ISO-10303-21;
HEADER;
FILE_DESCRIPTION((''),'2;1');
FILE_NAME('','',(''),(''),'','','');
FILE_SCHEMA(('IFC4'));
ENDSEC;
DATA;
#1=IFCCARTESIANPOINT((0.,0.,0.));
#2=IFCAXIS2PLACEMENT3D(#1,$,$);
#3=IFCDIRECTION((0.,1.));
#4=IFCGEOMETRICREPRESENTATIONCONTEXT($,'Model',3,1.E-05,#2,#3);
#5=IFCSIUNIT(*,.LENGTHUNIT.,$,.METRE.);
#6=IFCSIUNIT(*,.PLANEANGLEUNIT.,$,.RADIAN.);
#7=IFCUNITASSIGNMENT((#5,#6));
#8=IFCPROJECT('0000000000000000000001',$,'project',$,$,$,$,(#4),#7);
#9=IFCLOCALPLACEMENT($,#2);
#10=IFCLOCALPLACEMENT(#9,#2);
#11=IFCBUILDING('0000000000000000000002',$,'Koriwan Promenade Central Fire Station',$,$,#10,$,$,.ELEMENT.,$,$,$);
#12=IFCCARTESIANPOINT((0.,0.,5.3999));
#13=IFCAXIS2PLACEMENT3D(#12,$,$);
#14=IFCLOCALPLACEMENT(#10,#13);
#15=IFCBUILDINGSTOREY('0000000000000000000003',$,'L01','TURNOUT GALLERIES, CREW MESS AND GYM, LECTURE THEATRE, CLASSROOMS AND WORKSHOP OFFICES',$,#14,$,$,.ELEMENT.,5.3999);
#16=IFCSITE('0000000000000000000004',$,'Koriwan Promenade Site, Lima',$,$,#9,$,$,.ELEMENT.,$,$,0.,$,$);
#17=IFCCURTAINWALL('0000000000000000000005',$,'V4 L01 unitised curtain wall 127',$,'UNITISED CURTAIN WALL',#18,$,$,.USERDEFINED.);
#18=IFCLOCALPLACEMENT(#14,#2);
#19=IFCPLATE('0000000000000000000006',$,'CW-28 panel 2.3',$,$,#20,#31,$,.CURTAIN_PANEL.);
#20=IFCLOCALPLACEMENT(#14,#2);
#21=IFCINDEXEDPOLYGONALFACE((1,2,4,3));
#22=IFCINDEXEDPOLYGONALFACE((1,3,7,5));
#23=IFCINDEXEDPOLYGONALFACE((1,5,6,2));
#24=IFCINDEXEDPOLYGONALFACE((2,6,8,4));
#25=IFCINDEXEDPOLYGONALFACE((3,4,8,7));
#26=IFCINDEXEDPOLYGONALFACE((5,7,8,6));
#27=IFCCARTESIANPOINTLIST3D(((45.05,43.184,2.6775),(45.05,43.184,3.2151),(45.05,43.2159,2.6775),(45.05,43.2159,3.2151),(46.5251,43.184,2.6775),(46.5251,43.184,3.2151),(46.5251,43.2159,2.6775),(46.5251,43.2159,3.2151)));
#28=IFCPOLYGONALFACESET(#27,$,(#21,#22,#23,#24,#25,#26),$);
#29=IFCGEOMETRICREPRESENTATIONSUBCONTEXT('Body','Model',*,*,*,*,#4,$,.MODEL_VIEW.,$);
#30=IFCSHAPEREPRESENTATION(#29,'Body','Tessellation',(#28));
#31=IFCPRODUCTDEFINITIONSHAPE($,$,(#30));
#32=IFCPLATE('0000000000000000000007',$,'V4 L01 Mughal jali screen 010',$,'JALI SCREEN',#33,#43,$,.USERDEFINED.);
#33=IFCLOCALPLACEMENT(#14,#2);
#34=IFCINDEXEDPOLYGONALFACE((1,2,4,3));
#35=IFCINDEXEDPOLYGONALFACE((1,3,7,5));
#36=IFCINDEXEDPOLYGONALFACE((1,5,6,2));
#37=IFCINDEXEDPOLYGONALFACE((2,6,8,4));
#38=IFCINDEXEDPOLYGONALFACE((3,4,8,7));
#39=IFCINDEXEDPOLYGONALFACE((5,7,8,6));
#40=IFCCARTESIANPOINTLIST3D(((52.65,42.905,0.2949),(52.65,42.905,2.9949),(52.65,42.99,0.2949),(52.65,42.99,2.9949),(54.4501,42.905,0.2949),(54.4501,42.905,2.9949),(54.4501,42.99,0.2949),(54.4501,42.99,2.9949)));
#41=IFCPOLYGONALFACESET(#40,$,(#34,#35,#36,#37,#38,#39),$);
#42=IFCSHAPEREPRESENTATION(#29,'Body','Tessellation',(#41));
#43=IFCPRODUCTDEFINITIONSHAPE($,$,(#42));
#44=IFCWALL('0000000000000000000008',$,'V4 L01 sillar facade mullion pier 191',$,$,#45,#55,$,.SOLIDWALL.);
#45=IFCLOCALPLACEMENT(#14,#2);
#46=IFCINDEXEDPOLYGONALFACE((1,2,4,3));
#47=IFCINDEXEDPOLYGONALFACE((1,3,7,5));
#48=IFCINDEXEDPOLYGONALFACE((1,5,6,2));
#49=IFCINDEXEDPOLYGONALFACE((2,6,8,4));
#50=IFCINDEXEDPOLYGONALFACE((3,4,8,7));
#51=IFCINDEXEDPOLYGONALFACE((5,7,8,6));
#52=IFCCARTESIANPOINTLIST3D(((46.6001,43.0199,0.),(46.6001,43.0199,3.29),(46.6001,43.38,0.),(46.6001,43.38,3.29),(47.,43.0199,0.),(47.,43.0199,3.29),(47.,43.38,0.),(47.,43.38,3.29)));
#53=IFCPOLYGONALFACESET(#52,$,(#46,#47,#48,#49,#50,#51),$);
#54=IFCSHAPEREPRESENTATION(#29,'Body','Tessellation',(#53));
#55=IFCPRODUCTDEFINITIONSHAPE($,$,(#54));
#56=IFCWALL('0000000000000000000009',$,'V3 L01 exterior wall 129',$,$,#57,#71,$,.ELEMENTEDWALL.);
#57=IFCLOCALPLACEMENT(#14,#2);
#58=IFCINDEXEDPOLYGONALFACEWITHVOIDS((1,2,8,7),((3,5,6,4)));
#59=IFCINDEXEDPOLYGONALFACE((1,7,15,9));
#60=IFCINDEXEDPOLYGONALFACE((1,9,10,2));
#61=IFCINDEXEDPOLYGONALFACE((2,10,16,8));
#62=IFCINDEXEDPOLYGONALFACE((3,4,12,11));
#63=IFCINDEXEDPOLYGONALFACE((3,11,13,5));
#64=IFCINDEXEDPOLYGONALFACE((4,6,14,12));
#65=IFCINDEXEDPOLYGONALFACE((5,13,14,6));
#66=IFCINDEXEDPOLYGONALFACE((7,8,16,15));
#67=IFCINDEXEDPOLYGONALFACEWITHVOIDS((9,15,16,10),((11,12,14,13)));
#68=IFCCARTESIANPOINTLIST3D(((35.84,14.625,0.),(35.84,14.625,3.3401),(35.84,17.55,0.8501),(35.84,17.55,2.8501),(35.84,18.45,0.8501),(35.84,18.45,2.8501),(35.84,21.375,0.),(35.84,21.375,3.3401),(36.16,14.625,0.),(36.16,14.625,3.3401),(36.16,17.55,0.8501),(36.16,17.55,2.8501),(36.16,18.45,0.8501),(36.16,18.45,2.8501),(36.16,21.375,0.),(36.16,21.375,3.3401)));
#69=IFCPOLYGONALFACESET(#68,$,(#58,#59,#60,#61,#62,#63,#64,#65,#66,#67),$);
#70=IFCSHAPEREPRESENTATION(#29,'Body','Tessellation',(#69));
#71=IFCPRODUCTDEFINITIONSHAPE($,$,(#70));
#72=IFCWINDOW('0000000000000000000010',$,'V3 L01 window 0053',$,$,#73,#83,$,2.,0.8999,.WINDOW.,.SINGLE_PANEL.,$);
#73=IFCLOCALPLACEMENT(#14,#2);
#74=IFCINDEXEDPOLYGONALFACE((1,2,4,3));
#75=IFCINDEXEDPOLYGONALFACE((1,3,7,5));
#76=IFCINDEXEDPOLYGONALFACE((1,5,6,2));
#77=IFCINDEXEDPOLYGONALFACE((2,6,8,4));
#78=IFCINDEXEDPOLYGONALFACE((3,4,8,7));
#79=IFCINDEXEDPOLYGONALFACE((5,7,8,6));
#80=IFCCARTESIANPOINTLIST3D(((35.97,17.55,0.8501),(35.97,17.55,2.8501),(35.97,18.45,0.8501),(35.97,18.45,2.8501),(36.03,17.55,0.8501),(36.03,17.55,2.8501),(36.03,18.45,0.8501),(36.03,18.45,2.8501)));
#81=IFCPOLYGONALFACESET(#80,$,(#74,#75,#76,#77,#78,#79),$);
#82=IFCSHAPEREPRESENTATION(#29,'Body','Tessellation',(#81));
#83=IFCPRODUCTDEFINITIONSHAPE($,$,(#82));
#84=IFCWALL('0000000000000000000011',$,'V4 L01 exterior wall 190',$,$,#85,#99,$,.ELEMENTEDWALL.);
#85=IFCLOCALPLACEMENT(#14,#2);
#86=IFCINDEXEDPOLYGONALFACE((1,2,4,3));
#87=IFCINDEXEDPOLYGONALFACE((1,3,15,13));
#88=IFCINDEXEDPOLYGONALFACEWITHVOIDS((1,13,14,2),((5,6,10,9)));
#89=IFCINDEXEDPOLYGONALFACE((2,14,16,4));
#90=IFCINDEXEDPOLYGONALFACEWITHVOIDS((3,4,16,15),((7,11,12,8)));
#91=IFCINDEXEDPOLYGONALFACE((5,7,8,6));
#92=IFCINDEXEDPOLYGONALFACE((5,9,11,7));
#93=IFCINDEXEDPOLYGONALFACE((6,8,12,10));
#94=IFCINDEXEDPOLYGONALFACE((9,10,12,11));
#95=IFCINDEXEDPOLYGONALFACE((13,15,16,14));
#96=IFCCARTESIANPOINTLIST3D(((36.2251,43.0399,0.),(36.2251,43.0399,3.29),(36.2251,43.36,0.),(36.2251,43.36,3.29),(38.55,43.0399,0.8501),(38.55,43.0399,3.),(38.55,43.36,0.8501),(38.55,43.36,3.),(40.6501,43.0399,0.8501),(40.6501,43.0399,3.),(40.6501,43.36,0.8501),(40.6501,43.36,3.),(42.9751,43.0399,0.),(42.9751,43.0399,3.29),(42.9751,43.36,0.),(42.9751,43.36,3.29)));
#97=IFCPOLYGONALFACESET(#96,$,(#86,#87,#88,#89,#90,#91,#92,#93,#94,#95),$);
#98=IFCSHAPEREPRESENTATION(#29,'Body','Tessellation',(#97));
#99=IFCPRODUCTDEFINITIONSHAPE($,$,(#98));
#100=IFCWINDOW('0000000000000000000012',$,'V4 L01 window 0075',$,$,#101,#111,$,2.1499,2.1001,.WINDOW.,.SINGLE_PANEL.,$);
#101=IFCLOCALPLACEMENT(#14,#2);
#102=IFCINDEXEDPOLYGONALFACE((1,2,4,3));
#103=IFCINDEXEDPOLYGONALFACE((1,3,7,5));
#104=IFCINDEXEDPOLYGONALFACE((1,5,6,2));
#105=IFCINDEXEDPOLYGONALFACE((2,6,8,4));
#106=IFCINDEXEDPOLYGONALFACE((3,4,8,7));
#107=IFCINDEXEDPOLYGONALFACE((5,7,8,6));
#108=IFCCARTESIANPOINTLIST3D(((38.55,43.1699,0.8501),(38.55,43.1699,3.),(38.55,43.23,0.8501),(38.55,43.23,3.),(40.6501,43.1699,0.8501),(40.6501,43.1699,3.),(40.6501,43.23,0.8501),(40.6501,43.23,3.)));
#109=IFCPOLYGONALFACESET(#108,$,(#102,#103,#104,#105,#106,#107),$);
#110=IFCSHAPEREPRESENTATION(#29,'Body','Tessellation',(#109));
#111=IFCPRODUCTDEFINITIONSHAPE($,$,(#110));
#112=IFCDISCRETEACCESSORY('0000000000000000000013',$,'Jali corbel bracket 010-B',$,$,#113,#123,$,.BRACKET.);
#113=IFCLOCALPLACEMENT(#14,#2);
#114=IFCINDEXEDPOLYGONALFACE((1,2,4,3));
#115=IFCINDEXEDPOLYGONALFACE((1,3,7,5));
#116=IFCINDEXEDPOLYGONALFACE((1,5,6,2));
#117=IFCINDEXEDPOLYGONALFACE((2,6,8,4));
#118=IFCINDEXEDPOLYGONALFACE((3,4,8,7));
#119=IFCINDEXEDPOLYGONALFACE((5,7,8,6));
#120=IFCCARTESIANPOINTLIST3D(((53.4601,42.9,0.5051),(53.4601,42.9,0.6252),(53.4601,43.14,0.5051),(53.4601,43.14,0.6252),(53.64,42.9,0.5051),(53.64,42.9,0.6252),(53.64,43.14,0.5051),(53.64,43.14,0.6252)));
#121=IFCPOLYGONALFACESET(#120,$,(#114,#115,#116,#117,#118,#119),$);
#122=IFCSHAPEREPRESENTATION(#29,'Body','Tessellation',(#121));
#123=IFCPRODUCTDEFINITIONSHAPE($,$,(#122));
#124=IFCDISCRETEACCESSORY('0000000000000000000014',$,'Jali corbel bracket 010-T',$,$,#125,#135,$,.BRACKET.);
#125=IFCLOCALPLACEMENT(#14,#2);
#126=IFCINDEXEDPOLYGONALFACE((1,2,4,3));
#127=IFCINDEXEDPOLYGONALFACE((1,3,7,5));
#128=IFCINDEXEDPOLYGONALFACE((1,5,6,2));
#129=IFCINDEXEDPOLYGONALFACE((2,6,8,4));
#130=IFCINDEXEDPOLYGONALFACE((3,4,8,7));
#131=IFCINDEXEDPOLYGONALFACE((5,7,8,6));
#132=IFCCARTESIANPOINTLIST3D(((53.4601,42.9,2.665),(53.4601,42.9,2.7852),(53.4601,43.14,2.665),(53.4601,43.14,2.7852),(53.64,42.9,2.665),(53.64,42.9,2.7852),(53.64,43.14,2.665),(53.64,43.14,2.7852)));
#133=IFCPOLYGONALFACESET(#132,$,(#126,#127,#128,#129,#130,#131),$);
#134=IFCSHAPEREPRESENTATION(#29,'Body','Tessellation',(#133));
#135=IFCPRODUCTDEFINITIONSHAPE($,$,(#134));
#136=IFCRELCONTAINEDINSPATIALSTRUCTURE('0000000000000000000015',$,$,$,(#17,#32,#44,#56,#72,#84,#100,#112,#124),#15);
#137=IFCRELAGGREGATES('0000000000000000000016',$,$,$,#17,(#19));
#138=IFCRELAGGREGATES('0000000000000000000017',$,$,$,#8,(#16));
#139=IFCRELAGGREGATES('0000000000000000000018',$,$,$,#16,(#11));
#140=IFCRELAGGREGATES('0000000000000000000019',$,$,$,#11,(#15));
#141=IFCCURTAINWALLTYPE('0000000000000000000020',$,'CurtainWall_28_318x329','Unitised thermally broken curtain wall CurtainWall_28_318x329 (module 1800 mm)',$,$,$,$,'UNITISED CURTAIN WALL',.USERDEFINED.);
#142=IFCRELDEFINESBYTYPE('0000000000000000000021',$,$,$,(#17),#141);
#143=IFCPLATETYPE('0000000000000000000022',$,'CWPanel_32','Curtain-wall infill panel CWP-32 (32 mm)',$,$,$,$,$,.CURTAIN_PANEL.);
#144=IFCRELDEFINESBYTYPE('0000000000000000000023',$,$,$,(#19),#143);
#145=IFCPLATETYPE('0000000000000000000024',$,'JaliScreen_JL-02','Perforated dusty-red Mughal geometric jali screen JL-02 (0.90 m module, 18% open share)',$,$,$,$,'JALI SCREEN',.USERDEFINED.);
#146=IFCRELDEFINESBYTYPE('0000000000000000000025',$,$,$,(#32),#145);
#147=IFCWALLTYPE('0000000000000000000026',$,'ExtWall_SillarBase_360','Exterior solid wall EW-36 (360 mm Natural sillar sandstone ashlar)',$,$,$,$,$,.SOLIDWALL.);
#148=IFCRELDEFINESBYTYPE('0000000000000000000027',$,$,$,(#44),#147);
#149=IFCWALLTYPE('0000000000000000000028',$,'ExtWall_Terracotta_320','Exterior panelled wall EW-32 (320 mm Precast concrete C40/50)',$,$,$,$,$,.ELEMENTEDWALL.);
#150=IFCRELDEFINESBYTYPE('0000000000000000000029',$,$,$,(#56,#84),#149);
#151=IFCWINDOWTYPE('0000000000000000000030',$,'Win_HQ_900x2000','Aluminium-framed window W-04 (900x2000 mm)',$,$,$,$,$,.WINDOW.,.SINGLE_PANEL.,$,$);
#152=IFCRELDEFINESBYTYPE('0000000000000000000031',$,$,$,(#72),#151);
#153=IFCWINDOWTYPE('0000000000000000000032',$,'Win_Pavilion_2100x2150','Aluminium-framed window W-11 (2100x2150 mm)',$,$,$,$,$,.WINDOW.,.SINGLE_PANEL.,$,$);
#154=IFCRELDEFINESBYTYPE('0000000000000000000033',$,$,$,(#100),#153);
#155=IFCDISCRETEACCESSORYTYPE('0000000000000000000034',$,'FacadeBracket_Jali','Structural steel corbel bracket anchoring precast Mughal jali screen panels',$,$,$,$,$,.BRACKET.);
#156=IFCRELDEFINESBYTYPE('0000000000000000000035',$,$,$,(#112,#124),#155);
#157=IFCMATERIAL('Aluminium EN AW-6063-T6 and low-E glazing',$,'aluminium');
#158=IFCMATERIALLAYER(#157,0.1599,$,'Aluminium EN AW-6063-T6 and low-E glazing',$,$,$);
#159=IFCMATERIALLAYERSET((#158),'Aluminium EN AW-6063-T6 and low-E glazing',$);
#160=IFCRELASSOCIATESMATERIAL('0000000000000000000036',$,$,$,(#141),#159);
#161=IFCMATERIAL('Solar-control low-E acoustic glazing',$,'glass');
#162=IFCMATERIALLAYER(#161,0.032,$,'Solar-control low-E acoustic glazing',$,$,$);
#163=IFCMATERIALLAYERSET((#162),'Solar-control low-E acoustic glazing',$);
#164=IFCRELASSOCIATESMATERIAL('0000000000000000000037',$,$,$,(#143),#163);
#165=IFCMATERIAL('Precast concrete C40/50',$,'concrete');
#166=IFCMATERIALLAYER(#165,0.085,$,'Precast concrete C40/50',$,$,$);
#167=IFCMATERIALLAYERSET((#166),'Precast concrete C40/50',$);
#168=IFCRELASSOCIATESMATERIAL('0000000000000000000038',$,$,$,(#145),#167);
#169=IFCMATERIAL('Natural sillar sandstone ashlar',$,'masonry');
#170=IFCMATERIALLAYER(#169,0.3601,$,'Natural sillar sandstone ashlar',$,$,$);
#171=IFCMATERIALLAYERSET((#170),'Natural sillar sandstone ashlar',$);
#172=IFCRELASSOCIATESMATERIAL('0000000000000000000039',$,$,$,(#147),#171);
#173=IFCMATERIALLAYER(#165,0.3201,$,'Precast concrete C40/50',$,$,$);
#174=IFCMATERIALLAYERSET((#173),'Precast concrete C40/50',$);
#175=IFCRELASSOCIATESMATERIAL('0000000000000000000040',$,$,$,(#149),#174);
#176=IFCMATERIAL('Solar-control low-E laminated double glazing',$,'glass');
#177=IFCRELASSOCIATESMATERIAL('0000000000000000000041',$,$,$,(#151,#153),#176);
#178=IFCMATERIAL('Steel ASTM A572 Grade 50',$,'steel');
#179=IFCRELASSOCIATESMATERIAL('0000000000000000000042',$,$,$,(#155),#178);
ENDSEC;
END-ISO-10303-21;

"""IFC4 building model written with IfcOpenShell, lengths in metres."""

from ifc_helpers import new_model, si_unit, direction, frame, frame_2d, origin, origin_2d, place, context, subcontext, project, spatial, rectangle, extrude, material, layer, layer_set, type_object, element, fill, aggregate, save


model = new_model("IFC4")

# Units and contexts
model_context = context("Model", 3, precision=1e-05, world=origin(), true_north=direction((0.0, 1.0)))
body_context = subcontext(model_context, "Body", "Model", "MODEL_VIEW")
ifc_project = project(units=[si_unit("LENGTHUNIT", "METRE"), si_unit("PLANEANGLEUNIT", "RADIAN")], contexts=[model_context])

# Site, building, storey
site_placement = place(None, origin())
site = spatial("IfcSite", under=ifc_project, at=site_placement, Name="Koriwan Promenade Site, Lima", CompositionType="ELEMENT", RefElevation=0.0)
building_placement = place(site_placement, origin())
building = spatial("IfcBuilding", under=site, at=building_placement, Name="Koriwan Promenade Central Fire Station", CompositionType="ELEMENT")
storey_placement = place(building_placement, frame((0.0, 0.0, 5.3999)))
storey = spatial("IfcBuildingStorey", under=building, at=storey_placement, Name="L01", Description="TURNOUT GALLERIES, CREW MESS AND GYM, LECTURE THEATRE, CLASSROOMS AND WORKSHOP OFFICES", CompositionType="ELEMENT", Elevation=5.3999)

# Curtain wall
ifc_material_1 = material(Name="Aluminium EN AW-6063-T6 and low-E glazing", Category="aluminium")
ifc_layer_1 = layer(ifc_material_1, 0.1599, Name="Aluminium EN AW-6063-T6 and low-E glazing")
ifc_layer_set_1 = layer_set([ifc_layer_1], Name="Aluminium EN AW-6063-T6 and low-E glazing")
curtain_wall_type_1 = type_object("IfcCurtainWallType", Name="CurtainWall_28_318x329", Description="Unitised thermally broken curtain wall CurtainWall_28_318x329 (module 1800 mm)", ElementType="UNITISED CURTAIN WALL", PredefinedType="USERDEFINED", material=ifc_layer_set_1)
curtain_wall_1_placement = place(storey_placement, origin())
curtain_wall_1 = element("IfcCurtainWall", 1, at=curtain_wall_1_placement, inside=storey, type_object=curtain_wall_type_1, Name="V4 L01 unitised curtain wall 127", ObjectType="UNITISED CURTAIN WALL", PredefinedType="USERDEFINED")

# Plates
ifc_material_2 = material(Name="Solar-control low-E acoustic glazing", Category="glass")
ifc_layer_2 = layer(ifc_material_2, 0.032, Name="Solar-control low-E acoustic glazing")
ifc_layer_set_2 = layer_set([ifc_layer_2], Name="Solar-control low-E acoustic glazing")
plate_type_1 = type_object("IfcPlateType", Name="CWPanel_32", Description="Curtain-wall infill panel CWP-32 (32 mm)", PredefinedType="CURTAIN_PANEL", material=ifc_layer_set_2)
plate_1_placement = place(storey_placement, frame((45.7876, 43.2, 2.6775), z_axis=(0.0, 0.0, 1.0), x_axis=(1.0, 0.0, 0.0)))
plate_1 = element("IfcPlate", 2, at=plate_1_placement, type_object=plate_type_1, Name="CW-28 panel 2.3", PredefinedType="CURTAIN_PANEL", context=body_context, shape_type="SweptSolid", body=[
    extrude(rectangle(XDim=1.4751, YDim=0.032, at=origin_2d()), origin(), (0.0, 0.0, 1.0), 0.5376),
])
aggregate(curtain_wall_1, [plate_1])
ifc_material_3 = material(Name="Precast concrete C40/50", Category="concrete")
ifc_layer_3 = layer(ifc_material_3, 0.085, Name="Precast concrete C40/50")
ifc_layer_set_3 = layer_set([ifc_layer_3], Name="Precast concrete C40/50")
plate_type_2 = type_object("IfcPlateType", Name="JaliScreen_JL-02", Description="Perforated dusty-red Mughal geometric jali screen JL-02 (0.90 m module, 18% open share)", ElementType="JALI SCREEN", PredefinedType="USERDEFINED", material=ifc_layer_set_3)
plate_2_placement = place(storey_placement, frame((53.55, 42.9475, 0.2949), z_axis=(0.0, 0.0, 1.0), x_axis=(1.0, 0.0, 0.0)))
element("IfcPlate", 3, at=plate_2_placement, inside=storey, type_object=plate_type_2, Name="V4 L01 Mughal jali screen 010", ObjectType="JALI SCREEN", PredefinedType="USERDEFINED", context=body_context, shape_type="SweptSolid", body=[
    extrude(rectangle(XDim=1.8, YDim=0.085, at=origin_2d()), origin(), (0.0, 0.0, 1.0), 2.7),
])

# Wall
ifc_material_4 = material(Name="Natural sillar sandstone ashlar", Category="masonry")
ifc_layer_4 = layer(ifc_material_4, 0.3601, Name="Natural sillar sandstone ashlar")
ifc_layer_set_4 = layer_set([ifc_layer_4], Name="Natural sillar sandstone ashlar")
wall_type_1 = type_object("IfcWallType", Name="ExtWall_SillarBase_360", Description="Exterior solid wall EW-36 (360 mm Natural sillar sandstone ashlar)", PredefinedType="SOLIDWALL", material=ifc_layer_set_4)
wall_1_placement = place(storey_placement, frame((46.6001, 43.2, 0.0), z_axis=(0.0, 0.0, 1.0), x_axis=(1.0, 0.0, 0.0)))
element("IfcWall", 4, at=wall_1_placement, inside=storey, type_object=wall_type_1, Name="V4 L01 sillar facade mullion pier 191", PredefinedType="SOLIDWALL", context=body_context, shape_type="SweptSolid", body=[
    extrude(rectangle(XDim=0.3999, YDim=0.3601, at=frame_2d((0.2, 0.0))), origin(), (0.0, 0.0, 1.0), 3.29),
])

# Walls, openings, windows
ifc_layer_5 = layer(ifc_material_3, 0.3201, Name="Precast concrete C40/50")
ifc_layer_set_5 = layer_set([ifc_layer_5], Name="Precast concrete C40/50")
wall_type_2 = type_object("IfcWallType", Name="ExtWall_Terracotta_320", Description="Exterior panelled wall EW-32 (320 mm Precast concrete C40/50)", PredefinedType="ELEMENTEDWALL", material=ifc_layer_set_5)
wall_2_placement = place(storey_placement, frame((36.0, 14.625, 0.0), z_axis=(0.0, 0.0, 1.0), x_axis=(0.0, 1.0, 0.0)))
wall_2 = element("IfcWall", 5, at=wall_2_placement, inside=storey, type_object=wall_type_2, Name="V3 L01 exterior wall 129", PredefinedType="ELEMENTEDWALL", context=body_context, shape_type="SweptSolid", body=[
    extrude(rectangle(XDim=6.75, YDim=0.3201, at=frame_2d((3.375, 0.0))), origin(), (0.0, 0.0, 1.0), 3.3401),
])
opening_1_placement = place(wall_2_placement, frame((2.925, 0.0, 0.8501)))
opening_1 = element("IfcOpeningElement", 6, at=opening_1_placement, cuts=wall_2, PredefinedType="OPENING", context=body_context, shape_type="SweptSolid", body=[
    extrude(rectangle(XDim=0.8999, YDim=2.0, at=frame_2d((0.45, 1.0))), frame((0.0, 0.1719, 0.0), z_axis=(0.0, -1.0, 0.0), x_axis=(1.0, 0.0, 0.0)), (0.0, 0.0, 1.0), 0.344),
])
ifc_material_5 = material(Name="Solar-control low-E laminated double glazing", Category="glass")
window_type_1 = type_object("IfcWindowType", Name="Win_HQ_900x2000", Description="Aluminium-framed window W-04 (900x2000 mm)", PartitioningType="SINGLE_PANEL", PredefinedType="WINDOW", material=ifc_material_5)
window_1_placement = place(opening_1_placement, origin())
window_1 = element("IfcWindow", 7, at=window_1_placement, inside=storey, type_object=window_type_1, Name="V3 L01 window 0053", OverallHeight=2.0, OverallWidth=0.8999, PartitioningType="SINGLE_PANEL", PredefinedType="WINDOW", context=body_context, shape_type="SweptSolid", body=[
    extrude(rectangle(XDim=0.8999, YDim=2.0, at=frame_2d((0.45, 1.0))), frame((0.0, 0.03, 0.0), z_axis=(0.0, -1.0, 0.0), x_axis=(1.0, 0.0, 0.0)), (0.0, 0.0, 1.0), 0.0601),
])
fill(opening_1, window_1)
wall_3_placement = place(storey_placement, frame((36.2251, 43.2, 0.0), z_axis=(0.0, 0.0, 1.0), x_axis=(1.0, 0.0, 0.0)))
wall_3 = element("IfcWall", 8, at=wall_3_placement, inside=storey, type_object=wall_type_2, Name="V4 L01 exterior wall 190", PredefinedType="ELEMENTEDWALL", context=body_context, shape_type="SweptSolid", body=[
    extrude(rectangle(XDim=6.75, YDim=0.3201, at=frame_2d((3.375, 0.0))), origin(), (0.0, 0.0, 1.0), 3.29),
])
opening_2_placement = place(wall_3_placement, frame((2.325, 0.0, 0.8501)))
opening_2 = element("IfcOpeningElement", 9, at=opening_2_placement, cuts=wall_3, PredefinedType="OPENING", context=body_context, shape_type="SweptSolid", body=[
    extrude(rectangle(XDim=2.1001, YDim=2.1499, at=frame_2d((1.05, 1.075))), frame((0.0, 0.1719, 0.0), z_axis=(0.0, -1.0, 0.0), x_axis=(1.0, 0.0, 0.0)), (0.0, 0.0, 1.0), 0.344),
])
window_type_2 = type_object("IfcWindowType", Name="Win_Pavilion_2100x2150", Description="Aluminium-framed window W-11 (2100x2150 mm)", PartitioningType="SINGLE_PANEL", PredefinedType="WINDOW", material=ifc_material_5)
window_2_placement = place(opening_2_placement, origin())
window_2 = element("IfcWindow", 10, at=window_2_placement, inside=storey, type_object=window_type_2, Name="V4 L01 window 0075", OverallHeight=2.1499, OverallWidth=2.1001, PartitioningType="SINGLE_PANEL", PredefinedType="WINDOW", context=body_context, shape_type="SweptSolid", body=[
    extrude(rectangle(XDim=2.1001, YDim=2.1499, at=frame_2d((1.05, 1.075))), frame((0.0, 0.03, 0.0), z_axis=(0.0, -1.0, 0.0), x_axis=(1.0, 0.0, 0.0)), (0.0, 0.0, 1.0), 0.0601),
])
fill(opening_2, window_2)

# Discrete accessories
ifc_material_6 = material(Name="Steel ASTM A572 Grade 50", Category="steel")
discrete_accessory_type = type_object("IfcDiscreteAccessoryType", Name="FacadeBracket_Jali", Description="Structural steel corbel bracket anchoring precast Mughal jali screen panels", PredefinedType="BRACKET", material=ifc_material_6)
for number, where, z_axis, x_axis, name in (
    (11, (53.55, 43.02, 0.5051), (0.0, 0.0, 1.0), (0.0, -1.0, 0.0), "Jali corbel bracket 010-B"),
    (12, (53.55, 43.02, 2.665), (0.0, 0.0, 1.0), (0.0, -1.0, 0.0), "Jali corbel bracket 010-T"),
):
    element("IfcDiscreteAccessory", number, at=place(storey_placement, frame(where, z_axis=z_axis, x_axis=x_axis)), inside=storey, type_object=discrete_accessory_type, Name=name, PredefinedType="BRACKET", context=body_context, shape_type="SweptSolid", body=[
        extrude(rectangle(XDim=0.24, YDim=0.1799, at=origin_2d()), origin(), (0.0, 0.0, 1.0), 0.1201),
    ])

save(model, "model.ifc")
